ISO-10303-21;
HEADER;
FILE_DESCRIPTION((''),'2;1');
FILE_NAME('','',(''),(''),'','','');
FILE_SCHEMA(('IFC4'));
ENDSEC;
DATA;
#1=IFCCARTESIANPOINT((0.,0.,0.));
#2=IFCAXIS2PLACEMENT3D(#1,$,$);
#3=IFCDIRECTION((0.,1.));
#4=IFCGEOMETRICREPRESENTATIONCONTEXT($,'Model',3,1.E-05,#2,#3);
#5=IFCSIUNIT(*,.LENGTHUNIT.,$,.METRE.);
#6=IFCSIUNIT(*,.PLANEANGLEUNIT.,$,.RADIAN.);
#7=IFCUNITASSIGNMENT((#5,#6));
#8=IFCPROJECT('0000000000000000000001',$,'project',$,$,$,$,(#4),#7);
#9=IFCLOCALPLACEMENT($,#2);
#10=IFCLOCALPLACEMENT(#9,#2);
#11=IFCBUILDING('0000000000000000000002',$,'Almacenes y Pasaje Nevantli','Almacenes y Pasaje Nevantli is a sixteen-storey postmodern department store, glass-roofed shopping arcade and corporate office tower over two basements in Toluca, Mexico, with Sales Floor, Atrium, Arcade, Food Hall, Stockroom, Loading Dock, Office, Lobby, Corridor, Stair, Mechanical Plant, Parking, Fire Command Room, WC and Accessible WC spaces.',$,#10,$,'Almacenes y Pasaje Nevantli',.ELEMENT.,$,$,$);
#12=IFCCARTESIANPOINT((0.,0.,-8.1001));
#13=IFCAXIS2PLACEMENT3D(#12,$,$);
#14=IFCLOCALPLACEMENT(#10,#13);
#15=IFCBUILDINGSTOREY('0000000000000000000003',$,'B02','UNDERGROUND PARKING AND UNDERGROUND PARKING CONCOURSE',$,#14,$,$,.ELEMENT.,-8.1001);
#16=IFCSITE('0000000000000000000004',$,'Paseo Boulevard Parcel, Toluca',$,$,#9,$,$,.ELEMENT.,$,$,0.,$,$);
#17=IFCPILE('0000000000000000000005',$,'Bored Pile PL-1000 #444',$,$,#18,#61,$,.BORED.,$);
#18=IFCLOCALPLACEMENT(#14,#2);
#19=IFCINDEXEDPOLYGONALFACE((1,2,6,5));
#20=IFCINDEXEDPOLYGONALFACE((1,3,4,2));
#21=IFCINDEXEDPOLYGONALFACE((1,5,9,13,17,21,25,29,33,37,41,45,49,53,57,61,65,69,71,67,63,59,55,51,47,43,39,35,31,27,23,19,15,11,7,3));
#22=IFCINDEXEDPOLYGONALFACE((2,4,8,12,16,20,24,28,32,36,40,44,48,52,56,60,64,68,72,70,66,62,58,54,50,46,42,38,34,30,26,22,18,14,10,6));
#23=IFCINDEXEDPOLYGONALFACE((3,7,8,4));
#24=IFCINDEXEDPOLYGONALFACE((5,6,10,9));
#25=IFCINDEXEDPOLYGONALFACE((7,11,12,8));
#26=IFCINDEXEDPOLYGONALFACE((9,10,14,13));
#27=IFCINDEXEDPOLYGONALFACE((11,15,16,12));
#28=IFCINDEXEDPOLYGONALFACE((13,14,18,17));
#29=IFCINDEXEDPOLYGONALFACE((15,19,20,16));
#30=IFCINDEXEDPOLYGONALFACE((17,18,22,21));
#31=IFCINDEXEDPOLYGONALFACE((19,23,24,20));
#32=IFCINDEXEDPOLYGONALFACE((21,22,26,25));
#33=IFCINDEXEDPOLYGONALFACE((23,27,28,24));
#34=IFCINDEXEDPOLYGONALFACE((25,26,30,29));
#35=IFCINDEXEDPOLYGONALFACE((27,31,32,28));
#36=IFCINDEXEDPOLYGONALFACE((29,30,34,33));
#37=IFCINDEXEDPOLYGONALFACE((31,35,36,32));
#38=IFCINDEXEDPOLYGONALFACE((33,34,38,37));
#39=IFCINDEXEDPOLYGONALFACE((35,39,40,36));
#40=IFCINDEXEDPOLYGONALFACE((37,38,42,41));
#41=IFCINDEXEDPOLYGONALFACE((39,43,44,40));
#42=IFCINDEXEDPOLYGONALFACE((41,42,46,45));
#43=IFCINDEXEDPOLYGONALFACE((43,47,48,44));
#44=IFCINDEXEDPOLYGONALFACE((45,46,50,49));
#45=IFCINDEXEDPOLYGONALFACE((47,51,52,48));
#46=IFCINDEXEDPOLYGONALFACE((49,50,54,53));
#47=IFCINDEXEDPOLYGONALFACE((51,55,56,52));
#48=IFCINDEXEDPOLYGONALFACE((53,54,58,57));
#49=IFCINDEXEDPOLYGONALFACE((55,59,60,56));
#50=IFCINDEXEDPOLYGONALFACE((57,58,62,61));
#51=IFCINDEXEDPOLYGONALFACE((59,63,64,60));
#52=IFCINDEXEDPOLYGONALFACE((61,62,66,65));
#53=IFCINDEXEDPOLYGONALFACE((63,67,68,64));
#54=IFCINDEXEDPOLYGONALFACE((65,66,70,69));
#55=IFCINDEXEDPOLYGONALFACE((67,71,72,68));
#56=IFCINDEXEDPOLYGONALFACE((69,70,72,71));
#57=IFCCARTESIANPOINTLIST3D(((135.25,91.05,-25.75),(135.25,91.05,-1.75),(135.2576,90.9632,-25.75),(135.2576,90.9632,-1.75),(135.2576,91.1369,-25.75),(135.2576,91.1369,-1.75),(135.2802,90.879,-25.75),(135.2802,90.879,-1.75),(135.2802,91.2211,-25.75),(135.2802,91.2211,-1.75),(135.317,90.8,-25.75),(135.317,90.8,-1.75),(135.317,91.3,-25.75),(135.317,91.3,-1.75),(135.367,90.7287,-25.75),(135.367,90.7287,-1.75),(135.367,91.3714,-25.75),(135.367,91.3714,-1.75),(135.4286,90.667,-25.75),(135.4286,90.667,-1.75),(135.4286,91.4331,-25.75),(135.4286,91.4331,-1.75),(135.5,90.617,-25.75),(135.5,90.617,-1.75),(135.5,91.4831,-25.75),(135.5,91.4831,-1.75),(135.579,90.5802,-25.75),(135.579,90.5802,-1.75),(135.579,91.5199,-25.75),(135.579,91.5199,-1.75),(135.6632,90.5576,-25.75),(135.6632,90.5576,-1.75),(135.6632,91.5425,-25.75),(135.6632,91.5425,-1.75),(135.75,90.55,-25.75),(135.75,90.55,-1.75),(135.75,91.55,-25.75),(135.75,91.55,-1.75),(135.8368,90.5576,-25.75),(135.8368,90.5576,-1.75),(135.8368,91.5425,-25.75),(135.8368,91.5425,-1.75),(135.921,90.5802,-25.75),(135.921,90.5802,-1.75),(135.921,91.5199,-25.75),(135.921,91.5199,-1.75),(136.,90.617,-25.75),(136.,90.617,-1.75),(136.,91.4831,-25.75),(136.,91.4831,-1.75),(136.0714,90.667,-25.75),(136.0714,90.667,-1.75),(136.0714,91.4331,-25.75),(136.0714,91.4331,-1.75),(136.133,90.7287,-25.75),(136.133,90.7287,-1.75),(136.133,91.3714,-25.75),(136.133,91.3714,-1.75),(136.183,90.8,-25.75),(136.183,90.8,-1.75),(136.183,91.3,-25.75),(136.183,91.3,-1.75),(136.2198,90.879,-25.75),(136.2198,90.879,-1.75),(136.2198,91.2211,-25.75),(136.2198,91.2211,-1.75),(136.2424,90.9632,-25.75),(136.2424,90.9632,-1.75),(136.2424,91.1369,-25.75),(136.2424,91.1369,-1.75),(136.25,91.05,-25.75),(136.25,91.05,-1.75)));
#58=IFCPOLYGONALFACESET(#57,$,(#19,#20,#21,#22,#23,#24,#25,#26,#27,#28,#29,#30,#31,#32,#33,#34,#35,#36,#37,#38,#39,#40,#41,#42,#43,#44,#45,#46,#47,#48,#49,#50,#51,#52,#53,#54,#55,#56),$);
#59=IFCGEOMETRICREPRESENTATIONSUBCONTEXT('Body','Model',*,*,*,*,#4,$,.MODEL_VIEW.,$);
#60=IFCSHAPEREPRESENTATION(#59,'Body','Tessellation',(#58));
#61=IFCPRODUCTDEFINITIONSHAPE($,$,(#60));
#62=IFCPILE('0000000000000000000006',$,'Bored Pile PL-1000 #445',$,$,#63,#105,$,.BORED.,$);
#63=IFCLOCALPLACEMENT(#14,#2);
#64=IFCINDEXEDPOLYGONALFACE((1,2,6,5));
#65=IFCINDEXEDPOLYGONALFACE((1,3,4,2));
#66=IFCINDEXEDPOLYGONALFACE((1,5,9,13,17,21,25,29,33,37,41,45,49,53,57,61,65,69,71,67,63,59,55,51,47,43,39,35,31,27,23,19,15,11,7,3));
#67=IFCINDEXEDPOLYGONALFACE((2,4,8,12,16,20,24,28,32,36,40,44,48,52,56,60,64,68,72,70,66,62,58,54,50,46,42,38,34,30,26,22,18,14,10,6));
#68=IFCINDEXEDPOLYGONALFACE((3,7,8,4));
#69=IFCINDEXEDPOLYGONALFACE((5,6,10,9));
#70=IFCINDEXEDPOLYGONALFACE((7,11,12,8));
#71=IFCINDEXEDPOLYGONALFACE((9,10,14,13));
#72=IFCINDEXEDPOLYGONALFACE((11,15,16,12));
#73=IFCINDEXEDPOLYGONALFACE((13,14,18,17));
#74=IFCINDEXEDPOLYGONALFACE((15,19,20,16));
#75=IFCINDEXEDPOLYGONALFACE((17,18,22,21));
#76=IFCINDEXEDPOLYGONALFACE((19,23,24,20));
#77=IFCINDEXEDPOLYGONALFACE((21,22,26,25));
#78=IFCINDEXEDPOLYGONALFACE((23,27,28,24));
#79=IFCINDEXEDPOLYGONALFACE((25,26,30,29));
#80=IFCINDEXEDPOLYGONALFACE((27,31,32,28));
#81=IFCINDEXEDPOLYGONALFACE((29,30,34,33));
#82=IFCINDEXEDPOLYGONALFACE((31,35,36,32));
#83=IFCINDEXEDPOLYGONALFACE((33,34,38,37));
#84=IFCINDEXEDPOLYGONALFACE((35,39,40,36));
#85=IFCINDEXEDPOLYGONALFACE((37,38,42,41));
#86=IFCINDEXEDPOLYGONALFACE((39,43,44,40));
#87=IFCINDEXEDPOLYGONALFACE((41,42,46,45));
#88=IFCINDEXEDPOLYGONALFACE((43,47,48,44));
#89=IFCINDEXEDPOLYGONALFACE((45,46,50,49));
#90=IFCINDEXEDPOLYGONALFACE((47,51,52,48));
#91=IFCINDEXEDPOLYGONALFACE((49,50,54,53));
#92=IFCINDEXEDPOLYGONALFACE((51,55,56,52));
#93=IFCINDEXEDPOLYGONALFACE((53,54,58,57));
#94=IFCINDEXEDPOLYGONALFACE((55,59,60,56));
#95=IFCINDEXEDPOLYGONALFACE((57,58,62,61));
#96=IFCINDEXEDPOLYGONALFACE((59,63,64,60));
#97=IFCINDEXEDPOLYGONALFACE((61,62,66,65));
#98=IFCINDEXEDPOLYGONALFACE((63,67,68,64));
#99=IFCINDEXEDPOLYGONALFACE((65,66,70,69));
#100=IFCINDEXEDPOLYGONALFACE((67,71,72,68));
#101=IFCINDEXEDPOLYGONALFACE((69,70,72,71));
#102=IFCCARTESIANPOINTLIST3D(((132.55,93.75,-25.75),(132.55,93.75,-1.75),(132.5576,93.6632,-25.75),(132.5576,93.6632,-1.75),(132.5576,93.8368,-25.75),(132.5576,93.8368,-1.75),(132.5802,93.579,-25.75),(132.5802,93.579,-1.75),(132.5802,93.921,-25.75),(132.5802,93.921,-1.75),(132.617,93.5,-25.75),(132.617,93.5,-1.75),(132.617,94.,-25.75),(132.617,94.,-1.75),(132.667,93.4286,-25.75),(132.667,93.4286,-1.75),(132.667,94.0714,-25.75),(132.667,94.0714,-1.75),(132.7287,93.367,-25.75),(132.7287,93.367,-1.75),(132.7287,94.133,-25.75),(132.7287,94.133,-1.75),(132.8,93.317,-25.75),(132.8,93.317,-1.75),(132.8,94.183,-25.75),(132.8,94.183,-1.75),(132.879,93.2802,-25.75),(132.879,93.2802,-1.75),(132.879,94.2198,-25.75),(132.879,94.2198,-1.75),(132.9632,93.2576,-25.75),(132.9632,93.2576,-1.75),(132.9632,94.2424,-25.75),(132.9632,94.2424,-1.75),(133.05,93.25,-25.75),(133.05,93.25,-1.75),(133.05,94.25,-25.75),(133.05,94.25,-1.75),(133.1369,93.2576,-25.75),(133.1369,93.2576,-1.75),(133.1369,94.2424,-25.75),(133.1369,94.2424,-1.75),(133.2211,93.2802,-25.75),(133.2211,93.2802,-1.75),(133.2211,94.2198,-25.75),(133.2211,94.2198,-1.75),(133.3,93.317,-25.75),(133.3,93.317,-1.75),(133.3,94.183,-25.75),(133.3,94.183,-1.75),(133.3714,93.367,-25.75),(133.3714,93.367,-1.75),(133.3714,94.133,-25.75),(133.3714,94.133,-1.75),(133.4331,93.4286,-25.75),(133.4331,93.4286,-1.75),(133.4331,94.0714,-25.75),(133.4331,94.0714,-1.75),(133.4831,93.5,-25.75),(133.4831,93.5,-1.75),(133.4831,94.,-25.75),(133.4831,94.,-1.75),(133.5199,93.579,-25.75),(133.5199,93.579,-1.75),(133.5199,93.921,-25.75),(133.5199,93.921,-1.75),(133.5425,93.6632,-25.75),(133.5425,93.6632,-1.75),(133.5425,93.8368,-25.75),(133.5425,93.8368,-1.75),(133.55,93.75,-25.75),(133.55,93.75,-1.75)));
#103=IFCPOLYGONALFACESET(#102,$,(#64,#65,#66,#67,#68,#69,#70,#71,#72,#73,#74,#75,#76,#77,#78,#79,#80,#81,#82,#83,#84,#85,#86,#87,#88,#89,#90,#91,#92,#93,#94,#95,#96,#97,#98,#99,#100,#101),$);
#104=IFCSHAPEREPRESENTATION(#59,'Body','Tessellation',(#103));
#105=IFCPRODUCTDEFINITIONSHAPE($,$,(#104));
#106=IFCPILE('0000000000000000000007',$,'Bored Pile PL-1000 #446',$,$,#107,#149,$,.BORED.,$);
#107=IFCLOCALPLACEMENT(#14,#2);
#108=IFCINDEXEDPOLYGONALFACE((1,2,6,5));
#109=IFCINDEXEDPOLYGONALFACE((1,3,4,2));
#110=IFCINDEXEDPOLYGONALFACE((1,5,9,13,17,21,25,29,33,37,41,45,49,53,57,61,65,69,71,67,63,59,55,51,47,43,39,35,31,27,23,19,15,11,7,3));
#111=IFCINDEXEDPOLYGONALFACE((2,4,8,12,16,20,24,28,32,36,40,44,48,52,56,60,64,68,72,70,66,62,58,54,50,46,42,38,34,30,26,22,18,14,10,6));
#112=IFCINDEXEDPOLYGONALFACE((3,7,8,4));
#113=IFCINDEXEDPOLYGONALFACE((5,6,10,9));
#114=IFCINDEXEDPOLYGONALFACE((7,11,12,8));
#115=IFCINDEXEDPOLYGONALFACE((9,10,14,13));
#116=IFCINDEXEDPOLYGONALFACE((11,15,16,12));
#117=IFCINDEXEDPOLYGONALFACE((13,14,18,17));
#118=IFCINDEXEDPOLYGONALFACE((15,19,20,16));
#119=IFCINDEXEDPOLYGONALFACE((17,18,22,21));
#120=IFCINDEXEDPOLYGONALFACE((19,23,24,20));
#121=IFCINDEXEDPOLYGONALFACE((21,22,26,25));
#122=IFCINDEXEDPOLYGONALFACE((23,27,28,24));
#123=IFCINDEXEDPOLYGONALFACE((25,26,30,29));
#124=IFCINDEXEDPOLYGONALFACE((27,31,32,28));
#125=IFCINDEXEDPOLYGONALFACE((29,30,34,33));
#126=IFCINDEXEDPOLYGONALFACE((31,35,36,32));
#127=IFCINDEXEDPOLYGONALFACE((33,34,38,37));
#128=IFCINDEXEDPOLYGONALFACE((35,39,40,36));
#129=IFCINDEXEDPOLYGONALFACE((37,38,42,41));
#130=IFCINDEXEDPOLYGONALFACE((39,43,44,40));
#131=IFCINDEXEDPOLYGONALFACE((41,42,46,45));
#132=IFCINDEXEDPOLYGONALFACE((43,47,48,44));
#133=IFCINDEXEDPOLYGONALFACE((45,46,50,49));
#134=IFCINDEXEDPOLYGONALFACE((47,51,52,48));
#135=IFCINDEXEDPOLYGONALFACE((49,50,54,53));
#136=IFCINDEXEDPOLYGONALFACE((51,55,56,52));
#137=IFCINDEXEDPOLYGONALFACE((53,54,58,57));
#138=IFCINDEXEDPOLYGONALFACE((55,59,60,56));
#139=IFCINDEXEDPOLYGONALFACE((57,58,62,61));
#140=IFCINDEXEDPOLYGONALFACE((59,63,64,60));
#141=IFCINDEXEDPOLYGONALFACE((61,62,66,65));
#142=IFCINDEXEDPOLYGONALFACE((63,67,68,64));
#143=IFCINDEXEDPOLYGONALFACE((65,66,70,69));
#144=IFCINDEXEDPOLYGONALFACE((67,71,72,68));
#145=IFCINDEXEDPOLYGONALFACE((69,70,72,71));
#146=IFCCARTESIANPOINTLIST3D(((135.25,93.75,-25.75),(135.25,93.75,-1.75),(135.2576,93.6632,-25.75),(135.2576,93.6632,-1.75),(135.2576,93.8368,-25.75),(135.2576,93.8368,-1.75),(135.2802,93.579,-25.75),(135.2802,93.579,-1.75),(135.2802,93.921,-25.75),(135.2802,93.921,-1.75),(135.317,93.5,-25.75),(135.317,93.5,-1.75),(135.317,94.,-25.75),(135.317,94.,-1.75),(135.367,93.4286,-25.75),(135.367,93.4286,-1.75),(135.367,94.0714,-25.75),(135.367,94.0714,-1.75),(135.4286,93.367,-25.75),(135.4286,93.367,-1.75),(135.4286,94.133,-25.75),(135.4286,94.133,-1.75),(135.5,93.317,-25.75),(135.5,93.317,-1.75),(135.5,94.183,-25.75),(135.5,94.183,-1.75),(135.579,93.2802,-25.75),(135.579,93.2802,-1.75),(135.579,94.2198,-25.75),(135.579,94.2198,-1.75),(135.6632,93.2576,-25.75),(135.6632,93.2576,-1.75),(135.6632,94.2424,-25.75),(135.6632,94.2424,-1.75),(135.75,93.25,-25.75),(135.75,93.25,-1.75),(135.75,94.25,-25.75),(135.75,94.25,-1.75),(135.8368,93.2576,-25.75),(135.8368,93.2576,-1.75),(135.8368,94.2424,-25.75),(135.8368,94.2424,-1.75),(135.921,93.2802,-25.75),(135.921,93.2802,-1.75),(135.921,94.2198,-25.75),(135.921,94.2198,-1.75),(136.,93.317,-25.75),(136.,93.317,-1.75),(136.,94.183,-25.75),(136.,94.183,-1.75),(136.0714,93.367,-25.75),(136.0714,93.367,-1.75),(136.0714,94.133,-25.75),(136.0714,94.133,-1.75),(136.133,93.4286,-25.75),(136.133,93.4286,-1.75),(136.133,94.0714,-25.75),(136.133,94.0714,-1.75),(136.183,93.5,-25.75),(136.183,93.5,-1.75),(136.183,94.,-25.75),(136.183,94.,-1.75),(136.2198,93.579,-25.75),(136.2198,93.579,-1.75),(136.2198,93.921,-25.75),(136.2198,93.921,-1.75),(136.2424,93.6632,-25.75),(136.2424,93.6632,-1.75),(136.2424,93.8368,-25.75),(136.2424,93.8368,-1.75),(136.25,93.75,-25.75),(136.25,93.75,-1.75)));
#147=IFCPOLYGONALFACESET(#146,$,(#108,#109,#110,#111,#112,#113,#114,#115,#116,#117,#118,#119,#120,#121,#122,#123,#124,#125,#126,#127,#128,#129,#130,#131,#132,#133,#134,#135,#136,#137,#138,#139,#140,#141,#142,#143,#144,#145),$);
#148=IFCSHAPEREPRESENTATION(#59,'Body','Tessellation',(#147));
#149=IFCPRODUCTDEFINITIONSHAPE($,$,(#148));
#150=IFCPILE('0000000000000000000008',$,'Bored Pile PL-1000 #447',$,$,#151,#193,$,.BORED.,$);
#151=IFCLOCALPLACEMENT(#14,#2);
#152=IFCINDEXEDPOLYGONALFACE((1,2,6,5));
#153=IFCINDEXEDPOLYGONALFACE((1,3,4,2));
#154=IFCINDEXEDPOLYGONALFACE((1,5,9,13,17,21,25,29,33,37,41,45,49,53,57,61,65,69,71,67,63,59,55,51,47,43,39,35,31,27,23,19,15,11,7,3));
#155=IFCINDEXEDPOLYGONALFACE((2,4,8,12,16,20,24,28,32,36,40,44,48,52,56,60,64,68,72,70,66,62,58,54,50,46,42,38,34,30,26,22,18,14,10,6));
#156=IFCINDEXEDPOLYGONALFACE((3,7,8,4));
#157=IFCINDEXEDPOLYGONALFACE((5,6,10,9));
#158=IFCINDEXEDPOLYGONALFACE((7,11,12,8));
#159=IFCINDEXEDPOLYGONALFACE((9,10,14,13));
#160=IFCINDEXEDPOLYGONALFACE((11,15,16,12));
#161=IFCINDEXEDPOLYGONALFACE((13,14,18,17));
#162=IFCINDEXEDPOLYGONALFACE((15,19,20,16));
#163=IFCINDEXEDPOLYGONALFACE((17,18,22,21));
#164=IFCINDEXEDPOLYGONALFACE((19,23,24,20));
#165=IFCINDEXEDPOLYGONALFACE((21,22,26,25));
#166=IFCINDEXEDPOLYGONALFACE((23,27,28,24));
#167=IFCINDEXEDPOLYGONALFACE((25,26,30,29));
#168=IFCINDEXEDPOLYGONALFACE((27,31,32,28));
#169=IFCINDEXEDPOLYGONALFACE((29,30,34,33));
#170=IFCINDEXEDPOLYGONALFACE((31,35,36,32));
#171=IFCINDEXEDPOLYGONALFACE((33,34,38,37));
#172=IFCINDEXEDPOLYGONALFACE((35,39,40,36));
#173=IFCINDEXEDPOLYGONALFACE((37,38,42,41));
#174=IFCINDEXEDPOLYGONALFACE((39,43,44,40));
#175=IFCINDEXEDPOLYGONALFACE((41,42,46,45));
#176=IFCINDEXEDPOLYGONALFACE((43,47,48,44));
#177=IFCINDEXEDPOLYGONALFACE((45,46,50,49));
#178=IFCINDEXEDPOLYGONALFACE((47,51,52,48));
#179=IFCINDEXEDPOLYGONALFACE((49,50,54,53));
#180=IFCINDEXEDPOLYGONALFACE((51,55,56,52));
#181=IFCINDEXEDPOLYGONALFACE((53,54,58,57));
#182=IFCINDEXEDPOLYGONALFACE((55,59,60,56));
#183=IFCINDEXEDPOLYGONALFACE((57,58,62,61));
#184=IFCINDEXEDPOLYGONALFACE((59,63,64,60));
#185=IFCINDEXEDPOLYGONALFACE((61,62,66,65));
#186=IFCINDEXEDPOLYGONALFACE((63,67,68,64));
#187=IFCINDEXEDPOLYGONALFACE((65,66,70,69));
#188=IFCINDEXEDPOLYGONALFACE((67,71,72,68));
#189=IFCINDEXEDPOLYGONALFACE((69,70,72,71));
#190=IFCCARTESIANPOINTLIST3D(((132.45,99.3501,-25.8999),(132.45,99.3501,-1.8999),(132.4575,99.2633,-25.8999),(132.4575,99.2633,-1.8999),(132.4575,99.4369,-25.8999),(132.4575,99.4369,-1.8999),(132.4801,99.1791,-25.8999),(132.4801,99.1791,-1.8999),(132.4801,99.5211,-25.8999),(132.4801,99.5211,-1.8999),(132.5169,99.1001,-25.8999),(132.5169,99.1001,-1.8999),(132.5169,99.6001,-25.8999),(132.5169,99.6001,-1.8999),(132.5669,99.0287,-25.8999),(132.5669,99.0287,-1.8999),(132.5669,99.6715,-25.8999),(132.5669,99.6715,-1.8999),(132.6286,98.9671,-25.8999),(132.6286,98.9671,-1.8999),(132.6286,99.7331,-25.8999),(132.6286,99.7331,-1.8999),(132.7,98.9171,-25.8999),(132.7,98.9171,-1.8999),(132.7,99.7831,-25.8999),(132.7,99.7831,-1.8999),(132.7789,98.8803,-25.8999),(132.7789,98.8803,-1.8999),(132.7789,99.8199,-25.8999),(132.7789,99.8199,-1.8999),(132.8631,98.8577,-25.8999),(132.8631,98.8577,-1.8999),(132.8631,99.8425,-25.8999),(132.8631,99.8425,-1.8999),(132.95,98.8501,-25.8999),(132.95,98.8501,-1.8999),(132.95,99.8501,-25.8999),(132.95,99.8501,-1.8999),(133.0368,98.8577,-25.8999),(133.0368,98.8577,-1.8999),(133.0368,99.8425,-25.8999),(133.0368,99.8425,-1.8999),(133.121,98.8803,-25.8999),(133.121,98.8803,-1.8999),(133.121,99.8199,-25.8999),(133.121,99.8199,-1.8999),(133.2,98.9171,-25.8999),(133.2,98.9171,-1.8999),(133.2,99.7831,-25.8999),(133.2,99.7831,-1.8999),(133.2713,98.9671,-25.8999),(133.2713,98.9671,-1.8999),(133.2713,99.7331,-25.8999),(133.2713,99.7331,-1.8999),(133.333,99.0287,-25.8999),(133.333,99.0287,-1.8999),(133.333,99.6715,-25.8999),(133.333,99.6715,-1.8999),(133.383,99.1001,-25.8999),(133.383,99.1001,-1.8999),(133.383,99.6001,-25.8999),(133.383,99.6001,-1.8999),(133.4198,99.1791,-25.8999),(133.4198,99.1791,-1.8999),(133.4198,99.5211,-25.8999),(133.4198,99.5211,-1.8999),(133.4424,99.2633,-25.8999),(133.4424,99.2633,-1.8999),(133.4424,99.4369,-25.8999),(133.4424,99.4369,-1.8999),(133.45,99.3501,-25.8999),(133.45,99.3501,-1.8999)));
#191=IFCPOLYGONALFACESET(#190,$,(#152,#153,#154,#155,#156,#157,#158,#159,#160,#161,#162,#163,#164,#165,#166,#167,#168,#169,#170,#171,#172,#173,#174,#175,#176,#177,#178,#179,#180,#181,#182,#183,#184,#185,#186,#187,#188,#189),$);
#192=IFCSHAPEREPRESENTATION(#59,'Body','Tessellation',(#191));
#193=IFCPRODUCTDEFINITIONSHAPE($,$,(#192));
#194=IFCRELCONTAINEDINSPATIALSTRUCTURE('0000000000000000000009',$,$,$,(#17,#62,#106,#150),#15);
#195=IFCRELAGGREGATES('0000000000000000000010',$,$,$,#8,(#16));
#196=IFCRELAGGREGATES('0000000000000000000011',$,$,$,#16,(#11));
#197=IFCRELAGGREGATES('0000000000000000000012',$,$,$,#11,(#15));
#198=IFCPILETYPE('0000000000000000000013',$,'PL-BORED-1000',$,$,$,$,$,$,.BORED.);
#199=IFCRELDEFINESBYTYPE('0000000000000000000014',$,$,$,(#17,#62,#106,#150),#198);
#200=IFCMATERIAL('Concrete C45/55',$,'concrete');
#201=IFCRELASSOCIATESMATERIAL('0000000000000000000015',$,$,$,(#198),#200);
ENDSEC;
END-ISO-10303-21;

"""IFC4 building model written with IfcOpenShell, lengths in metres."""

from ifc_helpers import new_model, si_unit, direction, frame, origin, origin_2d, place, context, subcontext, project, spatial, circle, extrude, material, material_profile, profile_set, type_object, element, save


model = new_model("IFC4")

# Units and contexts
model_context = context("Model", 3, precision=1e-05, world=origin(), true_north=direction((0.0, 1.0)))
body_context = subcontext(model_context, "Body", "Model", "MODEL_VIEW")
ifc_project = project(units=[si_unit("LENGTHUNIT", "METRE"), si_unit("PLANEANGLEUNIT", "RADIAN")], contexts=[model_context])

# Site, building, storey
site_placement = place(None, origin())
site = spatial("IfcSite", under=ifc_project, at=site_placement, Name="Paseo Boulevard Parcel, Toluca", CompositionType="ELEMENT", RefElevation=0.0)
building_placement = place(site_placement, origin())
building = spatial("IfcBuilding", under=site, at=building_placement, Name="Almacenes y Pasaje Nevantli", Description="Almacenes y Pasaje Nevantli is a sixteen-storey postmodern department store, glass-roofed shopping arcade and corporate office tower over two basements in Toluca, Mexico, with Sales Floor, Atrium, Arcade, Food Hall, Stockroom, Loading Dock, Office, Lobby, Corridor, Stair, Mechanical Plant, Parking, Fire Command Room, WC and Accessible WC spaces.", LongName="Almacenes y Pasaje Nevantli", CompositionType="ELEMENT")
storey_placement = place(building_placement, frame((0.0, 0.0, -8.1001)))
storey = spatial("IfcBuildingStorey", under=building, at=storey_placement, Name="B02", Description="UNDERGROUND PARKING AND UNDERGROUND PARKING CONCOURSE", CompositionType="ELEMENT", Elevation=-8.1001)

# Piles
ifc_material_1 = material(Name="Concrete C45/55", Category="concrete")
ifc_material_profile_1 = material_profile(ifc_material_1, circle(Radius=0.5, at=origin_2d()), Name="RC-PILE-D1000")
ifc_profile_set_1 = profile_set([ifc_material_profile_1], Name="Concrete C45/55")
pile_type = type_object("IfcPileType", Name="PL-BORED-1000", PredefinedType="BORED", material=ifc_profile_set_1)
for number, where, z_axis, x_axis, name in (
    (1, (135.75, 91.05, -1.75), (0.0, 0.0, -1.0), (1.0, 0.0, 0.0), "Bored Pile PL-1000 #444"),
    (2, (133.05, 93.75, -1.75), (0.0, 0.0, -1.0), (1.0, 0.0, 0.0), "Bored Pile PL-1000 #445"),
    (3, (135.75, 93.75, -1.75), (0.0, 0.0, -1.0), (1.0, 0.0, 0.0), "Bored Pile PL-1000 #446"),
    (4, (132.95, 99.3501, -1.8999), (0.0, 0.0, -1.0), (1.0, 0.0, 0.0), "Bored Pile PL-1000 #447"),
):
    element("IfcPile", number, at=place(storey_placement, frame(where, z_axis=z_axis, x_axis=x_axis)), inside=storey, type_object=pile_type, Name=name, PredefinedType="BORED", context=body_context, shape_type="SweptSolid", body=[
        extrude(circle(Radius=0.5, at=origin_2d()), origin(), (0.0, 0.0, 1.0), 24.0),
    ])

save(model, "model.ifc")
